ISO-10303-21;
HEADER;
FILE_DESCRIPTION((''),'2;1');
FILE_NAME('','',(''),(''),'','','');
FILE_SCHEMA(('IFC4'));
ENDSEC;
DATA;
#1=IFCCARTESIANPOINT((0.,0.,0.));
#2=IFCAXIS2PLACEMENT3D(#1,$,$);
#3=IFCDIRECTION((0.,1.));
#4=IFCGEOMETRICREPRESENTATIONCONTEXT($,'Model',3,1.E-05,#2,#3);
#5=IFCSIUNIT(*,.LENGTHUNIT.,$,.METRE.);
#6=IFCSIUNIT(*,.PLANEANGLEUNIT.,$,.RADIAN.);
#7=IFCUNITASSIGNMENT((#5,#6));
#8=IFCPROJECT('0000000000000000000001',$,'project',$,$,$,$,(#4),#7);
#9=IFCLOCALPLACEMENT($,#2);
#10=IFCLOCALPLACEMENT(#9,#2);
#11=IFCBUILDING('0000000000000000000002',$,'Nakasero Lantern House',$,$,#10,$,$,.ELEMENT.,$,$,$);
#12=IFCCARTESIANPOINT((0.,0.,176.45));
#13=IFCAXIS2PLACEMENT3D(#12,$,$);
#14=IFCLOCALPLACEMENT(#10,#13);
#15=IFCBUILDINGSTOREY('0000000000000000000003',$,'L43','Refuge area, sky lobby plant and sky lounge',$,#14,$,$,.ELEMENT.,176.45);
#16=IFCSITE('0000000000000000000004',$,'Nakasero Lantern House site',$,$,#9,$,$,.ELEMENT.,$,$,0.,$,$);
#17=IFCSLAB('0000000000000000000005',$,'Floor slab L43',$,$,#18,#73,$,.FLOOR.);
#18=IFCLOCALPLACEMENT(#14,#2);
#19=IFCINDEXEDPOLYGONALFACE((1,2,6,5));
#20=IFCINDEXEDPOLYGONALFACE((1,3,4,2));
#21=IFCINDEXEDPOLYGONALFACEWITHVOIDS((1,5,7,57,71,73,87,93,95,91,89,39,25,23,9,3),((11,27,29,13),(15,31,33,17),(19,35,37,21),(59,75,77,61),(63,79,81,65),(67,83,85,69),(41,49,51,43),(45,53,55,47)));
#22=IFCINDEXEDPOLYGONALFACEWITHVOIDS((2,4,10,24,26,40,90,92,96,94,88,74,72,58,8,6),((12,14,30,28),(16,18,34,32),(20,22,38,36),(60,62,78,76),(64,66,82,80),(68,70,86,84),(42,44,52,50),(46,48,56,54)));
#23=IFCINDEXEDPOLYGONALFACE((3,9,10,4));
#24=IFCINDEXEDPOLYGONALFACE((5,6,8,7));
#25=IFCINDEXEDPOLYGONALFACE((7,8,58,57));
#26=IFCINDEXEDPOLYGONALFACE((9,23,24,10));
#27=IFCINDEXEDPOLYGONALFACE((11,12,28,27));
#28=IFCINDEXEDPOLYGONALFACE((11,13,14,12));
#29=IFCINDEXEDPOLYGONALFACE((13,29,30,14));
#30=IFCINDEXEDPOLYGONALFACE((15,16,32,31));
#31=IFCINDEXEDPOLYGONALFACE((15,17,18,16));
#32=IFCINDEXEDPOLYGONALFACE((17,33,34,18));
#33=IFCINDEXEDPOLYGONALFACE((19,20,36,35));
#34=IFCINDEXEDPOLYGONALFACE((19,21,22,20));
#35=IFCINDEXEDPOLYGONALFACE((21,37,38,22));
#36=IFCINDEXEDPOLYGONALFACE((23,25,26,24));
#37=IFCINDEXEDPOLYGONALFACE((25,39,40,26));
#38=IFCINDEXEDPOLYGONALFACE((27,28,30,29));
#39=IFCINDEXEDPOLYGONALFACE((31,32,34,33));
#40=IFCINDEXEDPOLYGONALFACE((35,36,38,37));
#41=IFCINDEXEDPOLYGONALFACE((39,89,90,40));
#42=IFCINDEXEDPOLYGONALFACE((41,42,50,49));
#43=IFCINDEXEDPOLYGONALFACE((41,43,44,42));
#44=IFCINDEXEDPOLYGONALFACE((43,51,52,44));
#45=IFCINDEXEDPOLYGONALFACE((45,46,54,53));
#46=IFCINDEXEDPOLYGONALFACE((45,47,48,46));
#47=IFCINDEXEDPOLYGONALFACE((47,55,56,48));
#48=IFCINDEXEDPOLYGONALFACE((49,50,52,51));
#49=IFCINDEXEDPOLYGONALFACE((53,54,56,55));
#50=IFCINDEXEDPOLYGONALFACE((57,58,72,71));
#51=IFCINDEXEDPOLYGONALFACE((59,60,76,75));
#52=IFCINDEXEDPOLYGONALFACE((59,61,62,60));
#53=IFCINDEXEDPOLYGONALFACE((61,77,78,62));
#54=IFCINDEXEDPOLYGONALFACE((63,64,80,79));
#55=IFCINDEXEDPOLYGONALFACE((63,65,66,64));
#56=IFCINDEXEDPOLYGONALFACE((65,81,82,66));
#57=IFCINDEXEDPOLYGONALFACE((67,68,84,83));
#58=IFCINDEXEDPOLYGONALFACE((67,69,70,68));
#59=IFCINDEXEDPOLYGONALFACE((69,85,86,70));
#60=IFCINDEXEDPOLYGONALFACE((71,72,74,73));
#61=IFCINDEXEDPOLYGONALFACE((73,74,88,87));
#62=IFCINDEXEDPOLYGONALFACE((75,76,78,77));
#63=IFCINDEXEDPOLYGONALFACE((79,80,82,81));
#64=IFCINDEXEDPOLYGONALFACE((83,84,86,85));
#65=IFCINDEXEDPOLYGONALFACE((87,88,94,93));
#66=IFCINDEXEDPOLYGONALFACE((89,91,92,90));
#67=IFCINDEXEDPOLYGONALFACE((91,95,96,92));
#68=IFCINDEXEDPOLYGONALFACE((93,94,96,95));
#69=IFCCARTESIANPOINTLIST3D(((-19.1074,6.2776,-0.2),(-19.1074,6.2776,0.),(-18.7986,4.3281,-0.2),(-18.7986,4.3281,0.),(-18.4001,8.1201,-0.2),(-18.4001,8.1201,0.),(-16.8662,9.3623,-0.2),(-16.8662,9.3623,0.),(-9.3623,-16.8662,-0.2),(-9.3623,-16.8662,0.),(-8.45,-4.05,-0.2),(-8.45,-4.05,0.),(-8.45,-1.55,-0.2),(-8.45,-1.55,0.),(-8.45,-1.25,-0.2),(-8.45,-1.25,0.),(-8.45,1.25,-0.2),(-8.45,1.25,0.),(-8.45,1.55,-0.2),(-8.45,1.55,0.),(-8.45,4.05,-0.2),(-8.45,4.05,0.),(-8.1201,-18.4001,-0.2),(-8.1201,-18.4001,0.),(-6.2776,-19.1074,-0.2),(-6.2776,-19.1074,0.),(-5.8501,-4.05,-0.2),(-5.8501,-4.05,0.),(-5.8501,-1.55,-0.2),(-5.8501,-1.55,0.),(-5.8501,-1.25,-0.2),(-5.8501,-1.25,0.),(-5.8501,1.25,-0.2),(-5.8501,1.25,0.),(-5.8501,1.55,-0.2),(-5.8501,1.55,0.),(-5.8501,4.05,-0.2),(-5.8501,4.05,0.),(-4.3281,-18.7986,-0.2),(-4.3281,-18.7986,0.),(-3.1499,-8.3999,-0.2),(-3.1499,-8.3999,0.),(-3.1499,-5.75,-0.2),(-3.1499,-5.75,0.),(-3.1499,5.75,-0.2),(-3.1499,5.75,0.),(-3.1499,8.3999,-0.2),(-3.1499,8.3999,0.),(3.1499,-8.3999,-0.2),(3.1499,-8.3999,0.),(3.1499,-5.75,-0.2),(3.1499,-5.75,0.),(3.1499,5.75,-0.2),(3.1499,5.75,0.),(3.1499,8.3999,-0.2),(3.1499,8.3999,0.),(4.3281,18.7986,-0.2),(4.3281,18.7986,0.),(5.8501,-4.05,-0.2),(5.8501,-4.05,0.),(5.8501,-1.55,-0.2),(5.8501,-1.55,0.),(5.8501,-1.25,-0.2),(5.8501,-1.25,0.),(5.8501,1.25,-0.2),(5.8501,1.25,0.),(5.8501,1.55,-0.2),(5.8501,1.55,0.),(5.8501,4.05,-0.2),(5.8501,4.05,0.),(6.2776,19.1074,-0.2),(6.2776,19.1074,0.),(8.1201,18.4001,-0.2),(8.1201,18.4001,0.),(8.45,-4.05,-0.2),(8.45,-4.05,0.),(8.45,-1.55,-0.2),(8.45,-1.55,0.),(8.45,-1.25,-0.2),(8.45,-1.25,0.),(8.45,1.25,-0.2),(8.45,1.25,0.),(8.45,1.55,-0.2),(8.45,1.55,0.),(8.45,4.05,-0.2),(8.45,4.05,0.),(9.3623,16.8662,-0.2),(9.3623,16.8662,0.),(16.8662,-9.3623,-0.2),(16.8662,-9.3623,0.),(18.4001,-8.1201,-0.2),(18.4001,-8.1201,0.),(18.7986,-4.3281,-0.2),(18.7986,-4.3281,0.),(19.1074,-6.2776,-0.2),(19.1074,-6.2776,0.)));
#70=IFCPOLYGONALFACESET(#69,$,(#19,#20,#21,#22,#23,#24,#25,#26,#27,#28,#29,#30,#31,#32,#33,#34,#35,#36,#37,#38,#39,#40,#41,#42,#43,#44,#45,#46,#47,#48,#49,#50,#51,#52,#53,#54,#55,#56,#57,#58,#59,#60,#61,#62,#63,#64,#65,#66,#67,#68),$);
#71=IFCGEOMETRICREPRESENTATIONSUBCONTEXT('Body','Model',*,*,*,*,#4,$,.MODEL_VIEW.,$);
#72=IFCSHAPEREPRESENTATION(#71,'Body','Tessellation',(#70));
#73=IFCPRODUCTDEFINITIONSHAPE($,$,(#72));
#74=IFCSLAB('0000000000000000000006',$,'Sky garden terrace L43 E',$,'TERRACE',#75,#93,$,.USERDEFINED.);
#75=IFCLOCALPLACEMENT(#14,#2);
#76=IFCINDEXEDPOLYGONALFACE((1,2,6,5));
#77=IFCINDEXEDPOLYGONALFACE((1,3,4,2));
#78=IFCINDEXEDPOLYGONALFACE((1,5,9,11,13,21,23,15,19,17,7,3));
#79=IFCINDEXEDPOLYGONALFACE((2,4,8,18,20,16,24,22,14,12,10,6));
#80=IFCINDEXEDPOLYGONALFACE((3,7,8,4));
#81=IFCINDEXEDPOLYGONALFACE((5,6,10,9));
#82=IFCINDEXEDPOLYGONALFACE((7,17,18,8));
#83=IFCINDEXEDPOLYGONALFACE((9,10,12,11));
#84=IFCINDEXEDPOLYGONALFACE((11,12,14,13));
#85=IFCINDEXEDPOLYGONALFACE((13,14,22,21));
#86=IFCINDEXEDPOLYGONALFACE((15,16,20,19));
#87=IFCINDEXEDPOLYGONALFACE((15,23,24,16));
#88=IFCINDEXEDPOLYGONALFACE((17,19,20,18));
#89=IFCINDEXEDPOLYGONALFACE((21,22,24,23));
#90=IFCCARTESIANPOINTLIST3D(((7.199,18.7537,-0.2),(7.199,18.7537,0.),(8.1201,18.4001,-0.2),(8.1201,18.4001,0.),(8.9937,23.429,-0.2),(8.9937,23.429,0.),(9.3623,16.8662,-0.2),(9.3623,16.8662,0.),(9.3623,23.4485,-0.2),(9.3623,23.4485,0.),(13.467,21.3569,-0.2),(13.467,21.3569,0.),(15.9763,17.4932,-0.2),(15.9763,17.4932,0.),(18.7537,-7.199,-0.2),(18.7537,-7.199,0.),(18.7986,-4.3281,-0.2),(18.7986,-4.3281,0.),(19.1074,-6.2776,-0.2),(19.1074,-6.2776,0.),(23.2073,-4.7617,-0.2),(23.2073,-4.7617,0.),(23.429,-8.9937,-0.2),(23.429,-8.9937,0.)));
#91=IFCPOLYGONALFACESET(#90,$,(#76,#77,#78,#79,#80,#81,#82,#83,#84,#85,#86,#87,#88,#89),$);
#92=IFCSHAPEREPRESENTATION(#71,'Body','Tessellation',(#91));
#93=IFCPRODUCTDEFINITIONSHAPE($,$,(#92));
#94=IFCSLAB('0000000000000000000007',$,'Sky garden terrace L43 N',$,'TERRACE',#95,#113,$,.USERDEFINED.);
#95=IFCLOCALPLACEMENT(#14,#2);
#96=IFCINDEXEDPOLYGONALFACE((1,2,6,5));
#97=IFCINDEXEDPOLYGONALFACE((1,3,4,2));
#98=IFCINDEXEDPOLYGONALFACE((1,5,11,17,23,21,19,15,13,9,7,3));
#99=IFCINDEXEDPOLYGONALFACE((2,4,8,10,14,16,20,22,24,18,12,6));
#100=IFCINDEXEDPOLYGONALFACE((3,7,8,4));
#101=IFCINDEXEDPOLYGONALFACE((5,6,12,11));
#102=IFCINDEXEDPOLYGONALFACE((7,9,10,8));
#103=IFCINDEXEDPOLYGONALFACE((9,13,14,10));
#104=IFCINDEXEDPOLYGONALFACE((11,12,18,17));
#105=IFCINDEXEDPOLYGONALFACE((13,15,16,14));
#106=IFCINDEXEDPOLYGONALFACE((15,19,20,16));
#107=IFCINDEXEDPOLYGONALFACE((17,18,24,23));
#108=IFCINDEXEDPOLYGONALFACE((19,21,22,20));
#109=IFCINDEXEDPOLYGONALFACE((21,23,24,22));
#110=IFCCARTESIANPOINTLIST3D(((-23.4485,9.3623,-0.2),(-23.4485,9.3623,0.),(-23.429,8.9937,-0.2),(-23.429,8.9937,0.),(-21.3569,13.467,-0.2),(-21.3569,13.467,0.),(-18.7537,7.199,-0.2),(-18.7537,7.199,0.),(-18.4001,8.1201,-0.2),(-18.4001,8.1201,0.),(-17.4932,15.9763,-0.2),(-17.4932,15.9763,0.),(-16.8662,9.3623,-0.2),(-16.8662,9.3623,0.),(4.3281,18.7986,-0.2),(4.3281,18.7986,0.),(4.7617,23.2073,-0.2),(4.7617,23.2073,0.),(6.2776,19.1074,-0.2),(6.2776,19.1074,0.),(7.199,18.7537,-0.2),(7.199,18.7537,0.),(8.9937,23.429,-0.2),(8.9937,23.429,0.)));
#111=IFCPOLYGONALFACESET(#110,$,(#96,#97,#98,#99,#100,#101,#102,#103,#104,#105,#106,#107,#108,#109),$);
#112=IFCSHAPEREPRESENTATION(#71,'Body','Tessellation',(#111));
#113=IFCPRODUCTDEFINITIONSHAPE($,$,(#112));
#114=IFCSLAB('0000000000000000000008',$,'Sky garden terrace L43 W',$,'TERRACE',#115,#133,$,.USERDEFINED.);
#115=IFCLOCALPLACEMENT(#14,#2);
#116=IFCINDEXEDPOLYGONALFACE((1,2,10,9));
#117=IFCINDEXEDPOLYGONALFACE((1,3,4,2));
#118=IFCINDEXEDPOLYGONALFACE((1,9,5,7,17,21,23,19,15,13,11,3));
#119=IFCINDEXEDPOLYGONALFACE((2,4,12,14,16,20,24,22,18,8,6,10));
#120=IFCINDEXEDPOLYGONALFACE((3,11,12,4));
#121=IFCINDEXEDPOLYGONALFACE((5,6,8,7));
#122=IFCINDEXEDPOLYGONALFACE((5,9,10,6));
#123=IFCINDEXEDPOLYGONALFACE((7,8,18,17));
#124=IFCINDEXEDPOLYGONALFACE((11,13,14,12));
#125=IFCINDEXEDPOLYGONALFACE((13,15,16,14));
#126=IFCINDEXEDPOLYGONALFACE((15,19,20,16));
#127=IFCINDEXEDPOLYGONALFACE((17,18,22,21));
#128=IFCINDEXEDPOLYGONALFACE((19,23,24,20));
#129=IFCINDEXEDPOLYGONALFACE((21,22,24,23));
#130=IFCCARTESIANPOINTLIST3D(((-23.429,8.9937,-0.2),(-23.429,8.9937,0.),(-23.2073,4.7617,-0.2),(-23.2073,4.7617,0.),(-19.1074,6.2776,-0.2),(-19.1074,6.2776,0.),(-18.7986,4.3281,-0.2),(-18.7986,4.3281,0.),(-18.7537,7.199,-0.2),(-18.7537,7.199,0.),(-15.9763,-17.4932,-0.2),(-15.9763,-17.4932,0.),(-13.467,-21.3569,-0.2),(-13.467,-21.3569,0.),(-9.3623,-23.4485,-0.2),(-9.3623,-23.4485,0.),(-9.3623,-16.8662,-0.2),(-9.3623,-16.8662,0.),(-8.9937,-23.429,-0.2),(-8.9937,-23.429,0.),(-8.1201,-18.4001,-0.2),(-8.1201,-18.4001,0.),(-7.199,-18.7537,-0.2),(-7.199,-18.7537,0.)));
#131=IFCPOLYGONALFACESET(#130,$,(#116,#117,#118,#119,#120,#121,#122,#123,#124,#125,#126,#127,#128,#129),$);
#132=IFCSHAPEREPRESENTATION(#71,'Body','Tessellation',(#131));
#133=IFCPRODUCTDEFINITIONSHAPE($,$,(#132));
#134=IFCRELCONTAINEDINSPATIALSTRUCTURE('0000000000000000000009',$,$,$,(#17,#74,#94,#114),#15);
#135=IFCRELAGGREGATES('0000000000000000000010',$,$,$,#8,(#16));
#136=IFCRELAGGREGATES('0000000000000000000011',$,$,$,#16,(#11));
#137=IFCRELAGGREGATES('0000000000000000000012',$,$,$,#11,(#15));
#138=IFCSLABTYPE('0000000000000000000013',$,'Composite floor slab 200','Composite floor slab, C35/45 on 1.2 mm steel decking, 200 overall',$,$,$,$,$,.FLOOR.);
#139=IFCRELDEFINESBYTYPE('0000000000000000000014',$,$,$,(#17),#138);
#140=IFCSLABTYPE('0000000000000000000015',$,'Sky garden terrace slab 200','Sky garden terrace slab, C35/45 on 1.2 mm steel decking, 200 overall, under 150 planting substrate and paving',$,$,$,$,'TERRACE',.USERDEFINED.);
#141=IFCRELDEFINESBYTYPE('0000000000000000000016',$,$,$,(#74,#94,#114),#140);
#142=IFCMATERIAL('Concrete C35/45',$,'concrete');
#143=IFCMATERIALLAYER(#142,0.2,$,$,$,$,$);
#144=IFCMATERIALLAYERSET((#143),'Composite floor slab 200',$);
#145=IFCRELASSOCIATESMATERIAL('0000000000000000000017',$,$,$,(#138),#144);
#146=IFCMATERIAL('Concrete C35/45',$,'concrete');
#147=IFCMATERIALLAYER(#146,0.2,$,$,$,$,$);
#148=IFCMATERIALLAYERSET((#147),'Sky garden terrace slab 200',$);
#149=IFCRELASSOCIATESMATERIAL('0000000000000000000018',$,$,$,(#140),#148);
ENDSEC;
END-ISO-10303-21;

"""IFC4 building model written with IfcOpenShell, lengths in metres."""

from ifc_helpers import new_model, si_unit, direction, frame, origin, place, context, subcontext, project, spatial, polyline, outline, extrude, material, layer, layer_set, type_object, element, save


model = new_model("IFC4")

# Units and contexts
model_context = context("Model", 3, precision=1e-05, world=origin(), true_north=direction((0.0, 1.0)))
body_context = subcontext(model_context, "Body", "Model", "MODEL_VIEW")
ifc_project = project(units=[si_unit("LENGTHUNIT", "METRE"), si_unit("PLANEANGLEUNIT", "RADIAN")], contexts=[model_context])

# Site, building, storey
site_placement = place(None, origin())
site = spatial("IfcSite", under=ifc_project, at=site_placement, Name="Nakasero Lantern House site", CompositionType="ELEMENT", RefElevation=0.0)
building_placement = place(site_placement, origin())
building = spatial("IfcBuilding", under=site, at=building_placement, Name="Nakasero Lantern House", CompositionType="ELEMENT")
storey_placement = place(building_placement, frame((0.0, 0.0, 176.45)))
storey = spatial("IfcBuildingStorey", under=building, at=storey_placement, Name="L43", Description="Refuge area, sky lobby plant and sky lounge", CompositionType="ELEMENT", Elevation=176.45)

# Slabs
ifc_material_1 = material(Name="Concrete C35/45", Category="concrete")
ifc_layer_1 = layer(ifc_material_1, 0.2)
ifc_layer_set_1 = layer_set([ifc_layer_1], Name="Composite floor slab 200")
slab_type_1 = type_object("IfcSlabType", Name="Composite floor slab 200", Description="Composite floor slab, C35/45 on 1.2 mm steel decking, 200 overall", PredefinedType="FLOOR", material=ifc_layer_set_1)
slab_1_placement = place(storey_placement, frame((0.0, 0.0, -0.2)))
element("IfcSlab", 1, at=slab_1_placement, inside=storey, type_object=slab_type_1, Name="Floor slab L43", PredefinedType="FLOOR", context=body_context, shape_type="SweptSolid", body=[
    extrude(outline(polyline([(18.7986, -4.3281), (9.3623, 16.8662), (8.1201, 18.4001), (6.2776, 19.1074), (4.3281, 18.7986), (-16.8662, 9.3623), (-18.4001, 8.1201), (-19.1074, 6.2776), (-18.7986, 4.3281), (-9.3623, -16.8662), (-8.1201, -18.4001), (-6.2776, -19.1074), (-4.3281, -18.7986), (16.8662, -9.3623), (18.4001, -8.1201), (19.1074, -6.2776), (18.7986, -4.3281)]), holes=[polyline([(-8.45, -4.05), (-5.8501, -4.05), (-5.8501, -1.55), (-8.45, -1.55), (-8.45, -4.05)]), polyline([(-8.45, -1.25), (-5.8501, -1.25), (-5.8501, 1.25), (-8.45, 1.25), (-8.45, -1.25)]), polyline([(-8.45, 1.55), (-5.8501, 1.55), (-5.8501, 4.05), (-8.45, 4.05), (-8.45, 1.55)]), polyline([(5.8501, -4.05), (8.45, -4.05), (8.45, -1.55), (5.8501, -1.55), (5.8501, -4.05)]), polyline([(5.8501, -1.25), (8.45, -1.25), (8.45, 1.25), (5.8501, 1.25), (5.8501, -1.25)]), polyline([(5.8501, 1.55), (8.45, 1.55), (8.45, 4.05), (5.8501, 4.05), (5.8501, 1.55)]), polyline([(-3.1499, 5.75), (3.1499, 5.75), (3.1499, 8.3999), (-3.1499, 8.3999), (-3.1499, 5.75)]), polyline([(-3.1499, -8.3999), (3.1499, -8.3999), (3.1499, -5.75), (-3.1499, -5.75), (-3.1499, -8.3999)])]), origin(), (0.0, 0.0, 1.0), 0.2),
])
ifc_material_2 = material(Name="Concrete C35/45", Category="concrete")
ifc_layer_2 = layer(ifc_material_2, 0.2)
ifc_layer_set_2 = layer_set([ifc_layer_2], Name="Sky garden terrace slab 200")
slab_type_2 = type_object("IfcSlabType", Name="Sky garden terrace slab 200", Description="Sky garden terrace slab, C35/45 on 1.2 mm steel decking, 200 overall, under 150 planting substrate and paving", ElementType="TERRACE", PredefinedType="USERDEFINED", material=ifc_layer_set_2)
slab_2_placement = place(storey_placement, frame((0.0, 0.0, -0.2)))
element("IfcSlab", 2, at=slab_2_placement, inside=storey, type_object=slab_type_2, Name="Sky garden terrace L43 E", ObjectType="TERRACE", PredefinedType="USERDEFINED", context=body_context, shape_type="SweptSolid", body=[
    extrude(outline(polyline([(23.429, -8.9937), (23.2073, -4.7617), (15.9763, 17.4932), (13.467, 21.3569), (9.3623, 23.4485), (8.9937, 23.429), (7.199, 18.7537), (8.1201, 18.4001), (9.3623, 16.8662), (18.7986, -4.3281), (19.1074, -6.2776), (18.7537, -7.199), (23.429, -8.9937)])), origin(), (0.0, 0.0, 1.0), 0.2),
])
slab_3_placement = place(storey_placement, frame((0.0, 0.0, -0.2)))
element("IfcSlab", 3, at=slab_3_placement, inside=storey, type_object=slab_type_2, Name="Sky garden terrace L43 N", ObjectType="TERRACE", PredefinedType="USERDEFINED", context=body_context, shape_type="SweptSolid", body=[
    extrude(outline(polyline([(-23.4485, 9.3623), (-23.429, 8.9937), (-18.7537, 7.199), (-18.4001, 8.1201), (-16.8662, 9.3623), (4.3281, 18.7986), (6.2776, 19.1074), (7.199, 18.7537), (8.9937, 23.429), (4.7617, 23.2073), (-17.4932, 15.9763), (-21.3569, 13.467), (-23.4485, 9.3623)])), origin(), (0.0, 0.0, 1.0), 0.2),
])
slab_4_placement = place(storey_placement, frame((0.0, 0.0, -0.2)))
element("IfcSlab", 4, at=slab_4_placement, inside=storey, type_object=slab_type_2, Name="Sky garden terrace L43 W", ObjectType="TERRACE", PredefinedType="USERDEFINED", context=body_context, shape_type="SweptSolid", body=[
    extrude(outline(polyline([(-9.3623, -23.4485), (-8.9937, -23.429), (-7.199, -18.7537), (-8.1201, -18.4001), (-9.3623, -16.8662), (-18.7986, 4.3281), (-19.1074, 6.2776), (-18.7537, 7.199), (-23.429, 8.9937), (-23.2073, 4.7617), (-15.9763, -17.4932), (-13.467, -21.3569), (-9.3623, -23.4485)])), origin(), (0.0, 0.0, 1.0), 0.2),
])

save(model, "model.ifc")
